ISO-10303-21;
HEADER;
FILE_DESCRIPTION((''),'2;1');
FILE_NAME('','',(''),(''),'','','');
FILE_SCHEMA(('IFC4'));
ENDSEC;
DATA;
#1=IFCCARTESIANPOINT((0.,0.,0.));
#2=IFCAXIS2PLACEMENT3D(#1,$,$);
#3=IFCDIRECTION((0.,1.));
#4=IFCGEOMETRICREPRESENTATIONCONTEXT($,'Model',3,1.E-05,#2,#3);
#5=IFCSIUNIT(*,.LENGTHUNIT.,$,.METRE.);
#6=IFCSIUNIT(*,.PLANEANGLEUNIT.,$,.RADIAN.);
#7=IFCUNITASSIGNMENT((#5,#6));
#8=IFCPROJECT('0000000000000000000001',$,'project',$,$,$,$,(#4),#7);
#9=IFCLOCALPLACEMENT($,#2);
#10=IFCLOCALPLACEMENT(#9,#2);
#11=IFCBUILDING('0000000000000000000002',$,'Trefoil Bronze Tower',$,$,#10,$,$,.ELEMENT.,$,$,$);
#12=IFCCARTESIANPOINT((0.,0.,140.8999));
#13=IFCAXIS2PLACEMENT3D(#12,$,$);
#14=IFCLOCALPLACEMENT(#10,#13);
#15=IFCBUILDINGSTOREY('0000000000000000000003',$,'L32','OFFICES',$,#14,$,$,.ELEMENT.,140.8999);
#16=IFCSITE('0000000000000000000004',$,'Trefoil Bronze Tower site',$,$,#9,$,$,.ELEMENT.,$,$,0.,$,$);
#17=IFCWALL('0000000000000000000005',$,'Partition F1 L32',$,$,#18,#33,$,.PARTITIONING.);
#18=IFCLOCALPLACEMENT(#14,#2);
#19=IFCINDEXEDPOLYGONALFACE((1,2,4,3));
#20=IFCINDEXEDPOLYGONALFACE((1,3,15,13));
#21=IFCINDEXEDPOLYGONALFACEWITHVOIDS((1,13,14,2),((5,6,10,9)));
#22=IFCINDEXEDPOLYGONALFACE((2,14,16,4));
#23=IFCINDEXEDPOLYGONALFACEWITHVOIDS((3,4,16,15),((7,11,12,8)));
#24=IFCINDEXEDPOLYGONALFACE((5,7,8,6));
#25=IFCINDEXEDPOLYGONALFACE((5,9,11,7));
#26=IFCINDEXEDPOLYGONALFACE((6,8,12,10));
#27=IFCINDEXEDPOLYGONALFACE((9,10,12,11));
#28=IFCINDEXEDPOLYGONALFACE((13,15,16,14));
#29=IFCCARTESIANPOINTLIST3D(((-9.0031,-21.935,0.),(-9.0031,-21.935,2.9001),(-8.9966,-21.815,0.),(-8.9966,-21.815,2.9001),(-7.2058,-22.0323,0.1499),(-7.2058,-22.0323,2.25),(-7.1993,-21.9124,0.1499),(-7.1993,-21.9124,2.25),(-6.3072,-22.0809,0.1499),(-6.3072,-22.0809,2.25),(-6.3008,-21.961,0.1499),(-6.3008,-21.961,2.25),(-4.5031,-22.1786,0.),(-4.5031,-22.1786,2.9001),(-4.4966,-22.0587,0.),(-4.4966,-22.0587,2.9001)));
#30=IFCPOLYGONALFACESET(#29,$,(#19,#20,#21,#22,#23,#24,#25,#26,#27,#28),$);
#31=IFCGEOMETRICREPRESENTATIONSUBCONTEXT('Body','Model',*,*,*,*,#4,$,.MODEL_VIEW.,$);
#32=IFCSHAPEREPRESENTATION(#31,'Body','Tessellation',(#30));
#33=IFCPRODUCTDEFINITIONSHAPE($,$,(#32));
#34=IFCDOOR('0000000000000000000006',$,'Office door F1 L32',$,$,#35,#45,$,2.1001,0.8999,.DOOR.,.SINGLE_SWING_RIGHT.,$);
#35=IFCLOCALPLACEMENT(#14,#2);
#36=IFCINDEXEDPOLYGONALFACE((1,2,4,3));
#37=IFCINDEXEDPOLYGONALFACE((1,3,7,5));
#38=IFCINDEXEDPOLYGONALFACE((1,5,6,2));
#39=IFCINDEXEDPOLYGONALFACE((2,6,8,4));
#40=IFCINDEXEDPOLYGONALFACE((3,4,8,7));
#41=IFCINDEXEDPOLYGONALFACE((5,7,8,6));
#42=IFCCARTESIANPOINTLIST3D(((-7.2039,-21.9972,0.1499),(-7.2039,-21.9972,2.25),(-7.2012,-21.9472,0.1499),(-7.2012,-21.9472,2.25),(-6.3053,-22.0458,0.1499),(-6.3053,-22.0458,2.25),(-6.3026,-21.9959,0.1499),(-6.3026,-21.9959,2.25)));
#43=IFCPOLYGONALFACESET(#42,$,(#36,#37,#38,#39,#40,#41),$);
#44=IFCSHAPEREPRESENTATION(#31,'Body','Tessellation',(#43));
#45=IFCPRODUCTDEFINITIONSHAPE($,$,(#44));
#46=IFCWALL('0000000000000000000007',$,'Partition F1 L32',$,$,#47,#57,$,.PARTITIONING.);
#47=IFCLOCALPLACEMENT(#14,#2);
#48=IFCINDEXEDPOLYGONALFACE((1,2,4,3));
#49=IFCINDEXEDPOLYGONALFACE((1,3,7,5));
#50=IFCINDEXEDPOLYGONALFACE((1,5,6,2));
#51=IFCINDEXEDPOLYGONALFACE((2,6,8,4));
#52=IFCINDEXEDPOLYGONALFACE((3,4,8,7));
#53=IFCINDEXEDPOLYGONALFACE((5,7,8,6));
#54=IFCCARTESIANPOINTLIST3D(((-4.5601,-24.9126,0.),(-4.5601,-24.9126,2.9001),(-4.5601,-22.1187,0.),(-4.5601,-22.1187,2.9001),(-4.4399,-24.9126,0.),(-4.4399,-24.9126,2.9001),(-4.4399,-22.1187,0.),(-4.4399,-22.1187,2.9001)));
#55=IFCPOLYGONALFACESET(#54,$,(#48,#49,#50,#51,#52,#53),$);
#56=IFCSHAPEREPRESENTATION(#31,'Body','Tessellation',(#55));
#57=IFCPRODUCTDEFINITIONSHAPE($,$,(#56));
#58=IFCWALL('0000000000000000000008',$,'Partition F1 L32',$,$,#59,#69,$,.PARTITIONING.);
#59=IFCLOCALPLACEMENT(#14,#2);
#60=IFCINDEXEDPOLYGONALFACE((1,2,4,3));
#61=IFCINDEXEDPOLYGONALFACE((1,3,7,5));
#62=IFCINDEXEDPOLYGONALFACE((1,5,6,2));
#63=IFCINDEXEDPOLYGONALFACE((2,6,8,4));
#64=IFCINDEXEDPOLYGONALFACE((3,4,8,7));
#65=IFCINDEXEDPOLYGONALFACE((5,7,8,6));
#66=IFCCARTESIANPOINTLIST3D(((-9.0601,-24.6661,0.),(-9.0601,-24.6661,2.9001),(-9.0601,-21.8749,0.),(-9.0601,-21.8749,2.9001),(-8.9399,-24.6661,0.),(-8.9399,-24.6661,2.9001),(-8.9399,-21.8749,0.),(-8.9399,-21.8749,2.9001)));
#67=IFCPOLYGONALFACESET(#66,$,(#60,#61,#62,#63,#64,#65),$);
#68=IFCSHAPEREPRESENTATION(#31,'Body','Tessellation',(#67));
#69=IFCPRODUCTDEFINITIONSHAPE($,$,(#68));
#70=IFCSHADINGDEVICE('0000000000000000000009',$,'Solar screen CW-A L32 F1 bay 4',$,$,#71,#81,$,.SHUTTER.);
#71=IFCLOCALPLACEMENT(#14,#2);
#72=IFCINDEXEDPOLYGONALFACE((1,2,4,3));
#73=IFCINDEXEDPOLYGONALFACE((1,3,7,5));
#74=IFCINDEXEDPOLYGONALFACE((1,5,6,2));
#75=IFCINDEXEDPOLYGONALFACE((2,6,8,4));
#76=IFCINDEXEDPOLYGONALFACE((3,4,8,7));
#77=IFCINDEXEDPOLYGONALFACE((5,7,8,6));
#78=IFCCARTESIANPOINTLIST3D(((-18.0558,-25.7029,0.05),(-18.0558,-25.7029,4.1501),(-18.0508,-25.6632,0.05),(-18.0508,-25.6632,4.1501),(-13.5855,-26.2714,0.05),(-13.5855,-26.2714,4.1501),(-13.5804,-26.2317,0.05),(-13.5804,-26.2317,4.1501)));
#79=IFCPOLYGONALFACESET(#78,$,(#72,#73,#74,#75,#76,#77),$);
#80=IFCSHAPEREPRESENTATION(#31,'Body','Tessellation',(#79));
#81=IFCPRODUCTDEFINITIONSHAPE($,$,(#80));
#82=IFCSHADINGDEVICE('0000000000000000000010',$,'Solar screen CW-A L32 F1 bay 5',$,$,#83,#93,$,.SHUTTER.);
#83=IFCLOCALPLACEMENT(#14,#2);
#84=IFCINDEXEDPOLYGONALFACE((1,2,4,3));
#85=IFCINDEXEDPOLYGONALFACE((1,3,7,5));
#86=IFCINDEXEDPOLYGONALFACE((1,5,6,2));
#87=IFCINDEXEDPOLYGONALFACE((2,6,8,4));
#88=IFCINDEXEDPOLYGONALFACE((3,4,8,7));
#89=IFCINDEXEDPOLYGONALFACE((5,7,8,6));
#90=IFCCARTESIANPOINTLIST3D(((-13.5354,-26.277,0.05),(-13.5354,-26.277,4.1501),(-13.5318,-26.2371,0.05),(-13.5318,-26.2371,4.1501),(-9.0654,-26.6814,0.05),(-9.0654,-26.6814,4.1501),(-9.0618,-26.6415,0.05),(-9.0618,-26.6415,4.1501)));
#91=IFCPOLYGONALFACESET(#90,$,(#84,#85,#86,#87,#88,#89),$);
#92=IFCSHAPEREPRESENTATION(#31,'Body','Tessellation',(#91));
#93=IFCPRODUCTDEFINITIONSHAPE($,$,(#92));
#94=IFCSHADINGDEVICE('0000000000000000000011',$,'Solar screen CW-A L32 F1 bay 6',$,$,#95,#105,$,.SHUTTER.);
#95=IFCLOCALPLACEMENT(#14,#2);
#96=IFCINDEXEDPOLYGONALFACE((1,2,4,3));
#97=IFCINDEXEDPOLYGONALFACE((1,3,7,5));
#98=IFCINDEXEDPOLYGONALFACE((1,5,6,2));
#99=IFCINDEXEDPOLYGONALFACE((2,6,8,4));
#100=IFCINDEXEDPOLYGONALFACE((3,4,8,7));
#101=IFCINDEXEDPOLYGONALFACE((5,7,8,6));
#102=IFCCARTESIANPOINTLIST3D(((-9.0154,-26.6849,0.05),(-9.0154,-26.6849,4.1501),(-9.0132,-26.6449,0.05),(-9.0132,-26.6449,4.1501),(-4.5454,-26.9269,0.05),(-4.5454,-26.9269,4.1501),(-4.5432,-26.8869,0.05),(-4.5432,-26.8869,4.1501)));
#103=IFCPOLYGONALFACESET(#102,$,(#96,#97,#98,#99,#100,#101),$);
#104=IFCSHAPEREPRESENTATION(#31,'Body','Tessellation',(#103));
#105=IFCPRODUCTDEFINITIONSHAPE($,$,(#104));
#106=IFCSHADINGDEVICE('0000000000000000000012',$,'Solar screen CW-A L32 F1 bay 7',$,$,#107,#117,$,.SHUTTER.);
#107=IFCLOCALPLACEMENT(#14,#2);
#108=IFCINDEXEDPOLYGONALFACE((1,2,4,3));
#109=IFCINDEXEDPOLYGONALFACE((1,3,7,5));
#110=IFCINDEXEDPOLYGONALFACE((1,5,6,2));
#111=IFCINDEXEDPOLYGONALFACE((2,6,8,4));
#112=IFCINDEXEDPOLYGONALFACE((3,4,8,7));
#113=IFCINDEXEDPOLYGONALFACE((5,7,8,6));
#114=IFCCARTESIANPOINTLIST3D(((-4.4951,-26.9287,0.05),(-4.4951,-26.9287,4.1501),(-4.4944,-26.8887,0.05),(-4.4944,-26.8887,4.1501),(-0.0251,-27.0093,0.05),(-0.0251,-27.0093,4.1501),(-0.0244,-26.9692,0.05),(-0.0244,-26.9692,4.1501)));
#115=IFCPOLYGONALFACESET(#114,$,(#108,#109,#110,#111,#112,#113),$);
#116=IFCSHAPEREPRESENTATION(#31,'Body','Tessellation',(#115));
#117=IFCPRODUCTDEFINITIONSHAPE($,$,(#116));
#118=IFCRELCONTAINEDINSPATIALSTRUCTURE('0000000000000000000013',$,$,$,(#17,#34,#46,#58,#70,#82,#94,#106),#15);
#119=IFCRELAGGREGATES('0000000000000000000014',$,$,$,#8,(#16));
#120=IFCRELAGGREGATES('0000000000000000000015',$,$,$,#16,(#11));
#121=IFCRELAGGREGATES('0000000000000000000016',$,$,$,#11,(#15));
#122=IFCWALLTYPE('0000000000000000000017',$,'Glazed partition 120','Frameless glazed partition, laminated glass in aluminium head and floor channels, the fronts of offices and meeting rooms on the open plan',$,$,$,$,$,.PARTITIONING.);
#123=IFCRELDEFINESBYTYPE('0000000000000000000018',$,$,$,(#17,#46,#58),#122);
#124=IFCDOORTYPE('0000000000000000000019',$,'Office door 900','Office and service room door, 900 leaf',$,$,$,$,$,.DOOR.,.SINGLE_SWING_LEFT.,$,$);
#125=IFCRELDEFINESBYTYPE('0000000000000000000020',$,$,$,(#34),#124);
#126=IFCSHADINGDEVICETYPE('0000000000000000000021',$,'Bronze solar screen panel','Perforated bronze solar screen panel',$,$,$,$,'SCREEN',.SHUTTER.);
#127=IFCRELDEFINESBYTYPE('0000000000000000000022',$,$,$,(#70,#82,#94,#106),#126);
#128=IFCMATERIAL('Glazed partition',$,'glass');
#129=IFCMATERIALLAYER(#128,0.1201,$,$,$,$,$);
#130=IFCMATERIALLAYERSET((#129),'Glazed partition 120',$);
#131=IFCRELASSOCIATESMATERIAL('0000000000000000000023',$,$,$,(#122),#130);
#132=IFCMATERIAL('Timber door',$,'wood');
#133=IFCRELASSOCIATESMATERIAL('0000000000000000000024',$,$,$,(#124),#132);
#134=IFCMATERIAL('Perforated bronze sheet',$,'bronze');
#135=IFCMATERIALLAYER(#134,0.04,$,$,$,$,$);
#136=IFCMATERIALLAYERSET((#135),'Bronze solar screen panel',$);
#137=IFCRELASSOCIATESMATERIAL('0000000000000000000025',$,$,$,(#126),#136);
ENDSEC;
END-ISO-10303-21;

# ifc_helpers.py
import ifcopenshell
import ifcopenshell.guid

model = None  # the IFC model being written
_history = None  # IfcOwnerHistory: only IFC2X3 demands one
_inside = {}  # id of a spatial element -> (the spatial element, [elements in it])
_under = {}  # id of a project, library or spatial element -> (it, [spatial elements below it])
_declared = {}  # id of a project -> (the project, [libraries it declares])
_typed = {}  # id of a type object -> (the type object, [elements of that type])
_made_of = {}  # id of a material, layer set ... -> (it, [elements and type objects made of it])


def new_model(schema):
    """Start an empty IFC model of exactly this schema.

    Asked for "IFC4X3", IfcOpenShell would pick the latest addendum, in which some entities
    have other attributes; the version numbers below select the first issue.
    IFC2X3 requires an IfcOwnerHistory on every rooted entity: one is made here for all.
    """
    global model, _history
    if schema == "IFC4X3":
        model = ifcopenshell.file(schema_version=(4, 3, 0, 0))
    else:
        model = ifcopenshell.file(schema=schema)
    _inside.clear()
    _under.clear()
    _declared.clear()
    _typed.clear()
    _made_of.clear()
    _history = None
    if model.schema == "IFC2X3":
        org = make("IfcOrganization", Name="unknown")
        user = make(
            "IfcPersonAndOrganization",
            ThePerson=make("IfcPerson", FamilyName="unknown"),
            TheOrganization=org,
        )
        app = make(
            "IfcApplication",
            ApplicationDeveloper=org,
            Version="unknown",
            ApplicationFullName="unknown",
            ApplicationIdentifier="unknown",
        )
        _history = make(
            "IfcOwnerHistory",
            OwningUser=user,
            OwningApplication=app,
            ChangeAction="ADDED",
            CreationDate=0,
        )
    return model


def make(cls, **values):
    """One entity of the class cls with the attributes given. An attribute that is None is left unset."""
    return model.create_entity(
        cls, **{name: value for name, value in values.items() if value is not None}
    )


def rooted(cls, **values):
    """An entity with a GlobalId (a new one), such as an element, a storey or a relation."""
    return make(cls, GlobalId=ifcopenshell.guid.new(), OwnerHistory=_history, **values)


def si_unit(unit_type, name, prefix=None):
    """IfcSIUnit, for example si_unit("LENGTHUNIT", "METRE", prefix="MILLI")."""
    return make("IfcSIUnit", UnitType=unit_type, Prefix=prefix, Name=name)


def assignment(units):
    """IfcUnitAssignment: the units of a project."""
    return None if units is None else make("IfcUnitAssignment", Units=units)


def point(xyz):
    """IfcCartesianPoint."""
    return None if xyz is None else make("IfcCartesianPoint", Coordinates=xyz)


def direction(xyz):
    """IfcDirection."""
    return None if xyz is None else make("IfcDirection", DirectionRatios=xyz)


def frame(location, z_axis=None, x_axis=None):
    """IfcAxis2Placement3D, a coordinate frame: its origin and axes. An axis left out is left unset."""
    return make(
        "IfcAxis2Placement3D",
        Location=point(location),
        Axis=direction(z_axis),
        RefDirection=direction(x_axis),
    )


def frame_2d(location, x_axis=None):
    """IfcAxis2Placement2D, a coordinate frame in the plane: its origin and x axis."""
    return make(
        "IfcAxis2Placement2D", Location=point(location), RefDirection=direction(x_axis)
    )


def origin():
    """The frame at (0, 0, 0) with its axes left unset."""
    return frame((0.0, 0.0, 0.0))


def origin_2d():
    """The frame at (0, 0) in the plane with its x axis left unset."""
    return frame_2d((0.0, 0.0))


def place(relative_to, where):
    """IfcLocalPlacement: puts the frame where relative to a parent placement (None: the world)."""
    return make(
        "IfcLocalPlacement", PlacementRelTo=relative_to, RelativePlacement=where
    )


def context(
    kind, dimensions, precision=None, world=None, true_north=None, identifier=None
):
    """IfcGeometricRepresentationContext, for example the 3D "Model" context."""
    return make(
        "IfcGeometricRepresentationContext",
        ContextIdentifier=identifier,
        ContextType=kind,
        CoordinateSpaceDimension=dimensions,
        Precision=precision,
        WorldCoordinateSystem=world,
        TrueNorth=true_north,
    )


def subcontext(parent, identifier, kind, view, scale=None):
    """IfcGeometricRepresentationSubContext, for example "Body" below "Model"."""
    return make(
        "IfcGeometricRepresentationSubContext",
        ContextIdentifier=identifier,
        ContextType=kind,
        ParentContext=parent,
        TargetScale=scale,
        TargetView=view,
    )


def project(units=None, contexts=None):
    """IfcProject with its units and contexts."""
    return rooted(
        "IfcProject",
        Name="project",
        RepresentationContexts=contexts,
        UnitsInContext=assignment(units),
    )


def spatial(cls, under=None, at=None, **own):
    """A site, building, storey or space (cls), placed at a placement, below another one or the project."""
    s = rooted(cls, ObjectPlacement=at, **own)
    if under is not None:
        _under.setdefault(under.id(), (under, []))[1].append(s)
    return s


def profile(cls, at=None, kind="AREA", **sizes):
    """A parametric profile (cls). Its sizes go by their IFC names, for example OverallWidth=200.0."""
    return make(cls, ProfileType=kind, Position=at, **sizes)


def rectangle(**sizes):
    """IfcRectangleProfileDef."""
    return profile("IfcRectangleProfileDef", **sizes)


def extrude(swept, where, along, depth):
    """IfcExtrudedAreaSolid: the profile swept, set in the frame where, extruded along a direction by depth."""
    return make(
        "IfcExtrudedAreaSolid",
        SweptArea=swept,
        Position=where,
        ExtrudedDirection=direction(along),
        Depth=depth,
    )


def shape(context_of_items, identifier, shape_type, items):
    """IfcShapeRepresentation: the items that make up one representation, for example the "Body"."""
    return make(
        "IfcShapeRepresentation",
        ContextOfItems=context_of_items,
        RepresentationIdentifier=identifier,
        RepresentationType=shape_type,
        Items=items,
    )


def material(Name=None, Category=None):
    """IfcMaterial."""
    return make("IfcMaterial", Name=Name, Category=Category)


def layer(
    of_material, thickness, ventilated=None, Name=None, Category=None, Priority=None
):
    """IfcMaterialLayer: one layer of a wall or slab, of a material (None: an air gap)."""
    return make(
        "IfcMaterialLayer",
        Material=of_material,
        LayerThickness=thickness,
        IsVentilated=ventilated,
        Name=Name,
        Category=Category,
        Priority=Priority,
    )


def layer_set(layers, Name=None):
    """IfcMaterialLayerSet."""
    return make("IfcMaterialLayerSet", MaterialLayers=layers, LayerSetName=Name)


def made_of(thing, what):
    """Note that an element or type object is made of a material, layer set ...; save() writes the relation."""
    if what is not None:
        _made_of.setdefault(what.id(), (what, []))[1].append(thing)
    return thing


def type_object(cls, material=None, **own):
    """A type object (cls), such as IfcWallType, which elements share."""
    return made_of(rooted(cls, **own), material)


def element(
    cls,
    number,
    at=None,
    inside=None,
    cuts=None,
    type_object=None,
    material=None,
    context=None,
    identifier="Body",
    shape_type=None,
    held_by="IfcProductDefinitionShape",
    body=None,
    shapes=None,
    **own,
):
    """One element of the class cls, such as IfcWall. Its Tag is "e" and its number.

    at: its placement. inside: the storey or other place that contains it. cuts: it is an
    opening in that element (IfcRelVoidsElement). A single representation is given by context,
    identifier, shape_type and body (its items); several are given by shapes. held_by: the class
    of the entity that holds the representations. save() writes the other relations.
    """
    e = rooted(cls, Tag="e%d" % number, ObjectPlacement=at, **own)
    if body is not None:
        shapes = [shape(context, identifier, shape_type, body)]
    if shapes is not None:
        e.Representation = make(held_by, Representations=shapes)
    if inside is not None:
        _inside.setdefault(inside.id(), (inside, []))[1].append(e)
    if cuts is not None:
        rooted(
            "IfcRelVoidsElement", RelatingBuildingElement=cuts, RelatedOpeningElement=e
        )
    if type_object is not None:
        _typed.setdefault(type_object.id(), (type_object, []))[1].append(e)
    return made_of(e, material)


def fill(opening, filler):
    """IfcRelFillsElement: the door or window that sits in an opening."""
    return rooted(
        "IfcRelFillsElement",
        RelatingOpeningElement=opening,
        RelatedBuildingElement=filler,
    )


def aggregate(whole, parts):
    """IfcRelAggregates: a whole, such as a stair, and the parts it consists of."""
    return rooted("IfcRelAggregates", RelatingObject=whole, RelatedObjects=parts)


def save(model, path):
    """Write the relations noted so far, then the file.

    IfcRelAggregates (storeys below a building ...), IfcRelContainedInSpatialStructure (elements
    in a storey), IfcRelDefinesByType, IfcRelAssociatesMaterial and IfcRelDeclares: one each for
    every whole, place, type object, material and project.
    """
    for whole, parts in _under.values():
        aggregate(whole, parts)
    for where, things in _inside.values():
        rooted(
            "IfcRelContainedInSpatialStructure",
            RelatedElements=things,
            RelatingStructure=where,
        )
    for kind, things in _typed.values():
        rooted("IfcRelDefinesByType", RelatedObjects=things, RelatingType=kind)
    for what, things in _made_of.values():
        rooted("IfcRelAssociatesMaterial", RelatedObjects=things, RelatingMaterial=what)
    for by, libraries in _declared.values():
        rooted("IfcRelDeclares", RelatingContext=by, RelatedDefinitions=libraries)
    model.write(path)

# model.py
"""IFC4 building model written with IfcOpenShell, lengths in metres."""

from ifc_helpers import new_model, si_unit, direction, frame, frame_2d, origin, origin_2d, place, context, subcontext, project, spatial, rectangle, extrude, material, layer, layer_set, type_object, element, fill, save


model = new_model("IFC4")

# Units and contexts
model_context = context("Model", 3, precision=1e-05, world=origin(), true_north=direction((0.0, 1.0)))
body_context = subcontext(model_context, "Body", "Model", "MODEL_VIEW")
ifc_project = project(units=[si_unit("LENGTHUNIT", "METRE"), si_unit("PLANEANGLEUNIT", "RADIAN")], contexts=[model_context])

# Site, building, storey
site_placement = place(None, origin())
site = spatial("IfcSite", under=ifc_project, at=site_placement, Name="Trefoil Bronze Tower site", CompositionType="ELEMENT", RefElevation=0.0)
building_placement = place(site_placement, origin())
building = spatial("IfcBuilding", under=site, at=building_placement, Name="Trefoil Bronze Tower", CompositionType="ELEMENT")
storey_placement = place(building_placement, frame((0.0, 0.0, 140.8999)))
storey = spatial("IfcBuildingStorey", under=building, at=storey_placement, Name="L32", Description="OFFICES", CompositionType="ELEMENT", Elevation=140.8999)

# Wall, opening, door
ifc_material_1 = material(Name="Glazed partition", Category="glass")
ifc_layer_1 = layer(ifc_material_1, 0.1201)
ifc_layer_set_1 = layer_set([ifc_layer_1], Name="Glazed partition 120")
wall_type = type_object("IfcWallType", Name="Glazed partition 120", Description="Frameless glazed partition, laminated glass in aluminium head and floor channels, the fronts of offices and meeting rooms on the open plan", PredefinedType="PARTITIONING", material=ifc_layer_set_1)
ifc_material_2 = material(Name="Timber door", Category="wood")
door_type = type_object("IfcDoorType", Name="Office door 900", Description="Office and service room door, 900 leaf", OperationType="SINGLE_SWING_LEFT", PredefinedType="DOOR", material=ifc_material_2)
wall_1_placement = place(storey_placement, frame((-9.0, -21.875, 0.0), z_axis=(0.0, 0.0, 1.0), x_axis=(0.998537, -0.054066, 0.0)))
wall_1 = element("IfcWall", 1, at=wall_1_placement, inside=storey, type_object=wall_type, Name="Partition F1 L32", PredefinedType="PARTITIONING", context=body_context, shape_type="SweptSolid", body=[
    extrude(rectangle(XDim=4.5066, YDim=0.1201, at=frame_2d((2.2534, 0.0))), origin(), (0.0, 0.0, 1.0), 2.9001),
])
opening_1_placement = place(wall_1_placement, frame((1.8, 0.0, 0.1499)))
opening_1 = element("IfcOpeningElement", 2, at=opening_1_placement, cuts=wall_1, PredefinedType="OPENING", context=body_context, shape_type="SweptSolid", body=[
    extrude(rectangle(XDim=0.8999, YDim=2.1001, at=frame_2d((0.45, 1.05))), frame((0.0, 0.0701, 0.0), z_axis=(0.0, -1.0, 0.0), x_axis=(1.0, 0.0, 0.0)), (0.0, 0.0, 1.0), 0.1401),
])
door_1_placement = place(opening_1_placement, frame((0.8999, 0.0, 0.0), z_axis=(0.0, 0.0, 1.0), x_axis=(-1.0, 0.0, 0.0)))
door_1 = element("IfcDoor", 3, at=door_1_placement, inside=storey, type_object=door_type, Name="Office door F1 L32", OperationType="SINGLE_SWING_RIGHT", OverallHeight=2.1001, OverallWidth=0.8999, PredefinedType="DOOR", context=body_context, shape_type="SweptSolid", body=[
    extrude(rectangle(XDim=0.8999, YDim=2.1001, at=frame_2d((0.45, 1.05))), frame((0.0, 0.0249, 0.0), z_axis=(0.0, -1.0, 0.0), x_axis=(1.0, 0.0, 0.0)), (0.0, 0.0, 1.0), 0.05),
])
fill(opening_1, door_1)

# Walls
wall_2_placement = place(storey_placement, frame((-4.5, -22.1187, 0.0), z_axis=(0.0, 0.0, 1.0), x_axis=(0.0, -1.0, 0.0)))
element("IfcWall", 4, at=wall_2_placement, inside=storey, type_object=wall_type, Name="Partition F1 L32", PredefinedType="PARTITIONING", context=body_context, shape_type="SweptSolid", body=[
    extrude(rectangle(XDim=2.7939, YDim=0.1201, at=frame_2d((1.397, 0.0))), origin(), (0.0, 0.0, 1.0), 2.9001),
])
wall_3_placement = place(storey_placement, frame((-9.0, -21.875, 0.0), z_axis=(0.0, 0.0, 1.0), x_axis=(0.0, -1.0, 0.0)))
element("IfcWall", 5, at=wall_3_placement, inside=storey, type_object=wall_type, Name="Partition F1 L32", PredefinedType="PARTITIONING", context=body_context, shape_type="SweptSolid", body=[
    extrude(rectangle(XDim=2.7913, YDim=0.1201, at=frame_2d((1.3955, 0.0))), origin(), (0.0, 0.0, 1.0), 2.9001),
])

# Shading devices
ifc_material_3 = material(Name="Perforated bronze sheet", Category="bronze")
ifc_layer_2 = layer(ifc_material_3, 0.04)
ifc_layer_set_2 = layer_set([ifc_layer_2], Name="Bronze solar screen panel")
shading_device_type = type_object("IfcShadingDeviceType", Name="Bronze solar screen panel", Description="Perforated bronze solar screen panel", ElementType="SCREEN", PredefinedType="SHUTTER", material=ifc_layer_set_2)
shading_device_1_placement = place(storey_placement, frame((-15.8181, -25.9673, 0.05), z_axis=(0.0, 0.0, 1.0), x_axis=(0.992012, -0.126147, 0.0)))
element("IfcShadingDevice", 6, at=shading_device_1_placement, inside=storey, type_object=shading_device_type, Name="Solar screen CW-A L32 F1 bay 4", PredefinedType="SHUTTER", context=body_context, shape_type="SweptSolid", body=[
    extrude(rectangle(XDim=4.5063, YDim=0.04, at=origin_2d()), origin(), (0.0, 0.0, 1.0), 4.1001),
])
shading_device_2_placement = place(storey_placement, frame((-11.2986, -26.4592, 0.05), z_axis=(0.0, 0.0, 1.0), x_axis=(0.995932, -0.090105, 0.0)))
element("IfcShadingDevice", 7, at=shading_device_2_placement, inside=storey, type_object=shading_device_type, Name="Solar screen CW-A L32 F1 bay 5", PredefinedType="SHUTTER", context=body_context, shape_type="SweptSolid", body=[
    extrude(rectangle(XDim=4.4883, YDim=0.04, at=origin_2d()), origin(), (0.0, 0.0, 1.0), 4.1001),
])
shading_device_3_placement = place(storey_placement, frame((-6.7793, -26.7859, 0.05), z_axis=(0.0, 0.0, 1.0), x_axis=(0.998538, -0.054063, 0.0)))
element("IfcShadingDevice", 8, at=shading_device_3_placement, inside=storey, type_object=shading_device_type, Name="Solar screen CW-A L32 F1 bay 6", PredefinedType="SHUTTER", context=body_context, shape_type="SweptSolid", body=[
    extrude(rectangle(XDim=4.4766, YDim=0.04, at=origin_2d()), origin(), (0.0, 0.0, 1.0), 4.1001),
])
shading_device_4_placement = place(storey_placement, frame((-2.2598, -26.949, 0.05), z_axis=(0.0, 0.0, 1.0), x_axis=(0.999838, -0.018021, 0.0)))
element("IfcShadingDevice", 9, at=shading_device_4_placement, inside=storey, type_object=shading_device_type, Name="Solar screen CW-A L32 F1 bay 7", PredefinedType="SHUTTER", context=body_context, shape_type="SweptSolid", body=[
    extrude(rectangle(XDim=4.4707, YDim=0.04, at=origin_2d()), origin(), (0.0, 0.0, 1.0), 4.1001),
])

save(model, "model.ifc")
